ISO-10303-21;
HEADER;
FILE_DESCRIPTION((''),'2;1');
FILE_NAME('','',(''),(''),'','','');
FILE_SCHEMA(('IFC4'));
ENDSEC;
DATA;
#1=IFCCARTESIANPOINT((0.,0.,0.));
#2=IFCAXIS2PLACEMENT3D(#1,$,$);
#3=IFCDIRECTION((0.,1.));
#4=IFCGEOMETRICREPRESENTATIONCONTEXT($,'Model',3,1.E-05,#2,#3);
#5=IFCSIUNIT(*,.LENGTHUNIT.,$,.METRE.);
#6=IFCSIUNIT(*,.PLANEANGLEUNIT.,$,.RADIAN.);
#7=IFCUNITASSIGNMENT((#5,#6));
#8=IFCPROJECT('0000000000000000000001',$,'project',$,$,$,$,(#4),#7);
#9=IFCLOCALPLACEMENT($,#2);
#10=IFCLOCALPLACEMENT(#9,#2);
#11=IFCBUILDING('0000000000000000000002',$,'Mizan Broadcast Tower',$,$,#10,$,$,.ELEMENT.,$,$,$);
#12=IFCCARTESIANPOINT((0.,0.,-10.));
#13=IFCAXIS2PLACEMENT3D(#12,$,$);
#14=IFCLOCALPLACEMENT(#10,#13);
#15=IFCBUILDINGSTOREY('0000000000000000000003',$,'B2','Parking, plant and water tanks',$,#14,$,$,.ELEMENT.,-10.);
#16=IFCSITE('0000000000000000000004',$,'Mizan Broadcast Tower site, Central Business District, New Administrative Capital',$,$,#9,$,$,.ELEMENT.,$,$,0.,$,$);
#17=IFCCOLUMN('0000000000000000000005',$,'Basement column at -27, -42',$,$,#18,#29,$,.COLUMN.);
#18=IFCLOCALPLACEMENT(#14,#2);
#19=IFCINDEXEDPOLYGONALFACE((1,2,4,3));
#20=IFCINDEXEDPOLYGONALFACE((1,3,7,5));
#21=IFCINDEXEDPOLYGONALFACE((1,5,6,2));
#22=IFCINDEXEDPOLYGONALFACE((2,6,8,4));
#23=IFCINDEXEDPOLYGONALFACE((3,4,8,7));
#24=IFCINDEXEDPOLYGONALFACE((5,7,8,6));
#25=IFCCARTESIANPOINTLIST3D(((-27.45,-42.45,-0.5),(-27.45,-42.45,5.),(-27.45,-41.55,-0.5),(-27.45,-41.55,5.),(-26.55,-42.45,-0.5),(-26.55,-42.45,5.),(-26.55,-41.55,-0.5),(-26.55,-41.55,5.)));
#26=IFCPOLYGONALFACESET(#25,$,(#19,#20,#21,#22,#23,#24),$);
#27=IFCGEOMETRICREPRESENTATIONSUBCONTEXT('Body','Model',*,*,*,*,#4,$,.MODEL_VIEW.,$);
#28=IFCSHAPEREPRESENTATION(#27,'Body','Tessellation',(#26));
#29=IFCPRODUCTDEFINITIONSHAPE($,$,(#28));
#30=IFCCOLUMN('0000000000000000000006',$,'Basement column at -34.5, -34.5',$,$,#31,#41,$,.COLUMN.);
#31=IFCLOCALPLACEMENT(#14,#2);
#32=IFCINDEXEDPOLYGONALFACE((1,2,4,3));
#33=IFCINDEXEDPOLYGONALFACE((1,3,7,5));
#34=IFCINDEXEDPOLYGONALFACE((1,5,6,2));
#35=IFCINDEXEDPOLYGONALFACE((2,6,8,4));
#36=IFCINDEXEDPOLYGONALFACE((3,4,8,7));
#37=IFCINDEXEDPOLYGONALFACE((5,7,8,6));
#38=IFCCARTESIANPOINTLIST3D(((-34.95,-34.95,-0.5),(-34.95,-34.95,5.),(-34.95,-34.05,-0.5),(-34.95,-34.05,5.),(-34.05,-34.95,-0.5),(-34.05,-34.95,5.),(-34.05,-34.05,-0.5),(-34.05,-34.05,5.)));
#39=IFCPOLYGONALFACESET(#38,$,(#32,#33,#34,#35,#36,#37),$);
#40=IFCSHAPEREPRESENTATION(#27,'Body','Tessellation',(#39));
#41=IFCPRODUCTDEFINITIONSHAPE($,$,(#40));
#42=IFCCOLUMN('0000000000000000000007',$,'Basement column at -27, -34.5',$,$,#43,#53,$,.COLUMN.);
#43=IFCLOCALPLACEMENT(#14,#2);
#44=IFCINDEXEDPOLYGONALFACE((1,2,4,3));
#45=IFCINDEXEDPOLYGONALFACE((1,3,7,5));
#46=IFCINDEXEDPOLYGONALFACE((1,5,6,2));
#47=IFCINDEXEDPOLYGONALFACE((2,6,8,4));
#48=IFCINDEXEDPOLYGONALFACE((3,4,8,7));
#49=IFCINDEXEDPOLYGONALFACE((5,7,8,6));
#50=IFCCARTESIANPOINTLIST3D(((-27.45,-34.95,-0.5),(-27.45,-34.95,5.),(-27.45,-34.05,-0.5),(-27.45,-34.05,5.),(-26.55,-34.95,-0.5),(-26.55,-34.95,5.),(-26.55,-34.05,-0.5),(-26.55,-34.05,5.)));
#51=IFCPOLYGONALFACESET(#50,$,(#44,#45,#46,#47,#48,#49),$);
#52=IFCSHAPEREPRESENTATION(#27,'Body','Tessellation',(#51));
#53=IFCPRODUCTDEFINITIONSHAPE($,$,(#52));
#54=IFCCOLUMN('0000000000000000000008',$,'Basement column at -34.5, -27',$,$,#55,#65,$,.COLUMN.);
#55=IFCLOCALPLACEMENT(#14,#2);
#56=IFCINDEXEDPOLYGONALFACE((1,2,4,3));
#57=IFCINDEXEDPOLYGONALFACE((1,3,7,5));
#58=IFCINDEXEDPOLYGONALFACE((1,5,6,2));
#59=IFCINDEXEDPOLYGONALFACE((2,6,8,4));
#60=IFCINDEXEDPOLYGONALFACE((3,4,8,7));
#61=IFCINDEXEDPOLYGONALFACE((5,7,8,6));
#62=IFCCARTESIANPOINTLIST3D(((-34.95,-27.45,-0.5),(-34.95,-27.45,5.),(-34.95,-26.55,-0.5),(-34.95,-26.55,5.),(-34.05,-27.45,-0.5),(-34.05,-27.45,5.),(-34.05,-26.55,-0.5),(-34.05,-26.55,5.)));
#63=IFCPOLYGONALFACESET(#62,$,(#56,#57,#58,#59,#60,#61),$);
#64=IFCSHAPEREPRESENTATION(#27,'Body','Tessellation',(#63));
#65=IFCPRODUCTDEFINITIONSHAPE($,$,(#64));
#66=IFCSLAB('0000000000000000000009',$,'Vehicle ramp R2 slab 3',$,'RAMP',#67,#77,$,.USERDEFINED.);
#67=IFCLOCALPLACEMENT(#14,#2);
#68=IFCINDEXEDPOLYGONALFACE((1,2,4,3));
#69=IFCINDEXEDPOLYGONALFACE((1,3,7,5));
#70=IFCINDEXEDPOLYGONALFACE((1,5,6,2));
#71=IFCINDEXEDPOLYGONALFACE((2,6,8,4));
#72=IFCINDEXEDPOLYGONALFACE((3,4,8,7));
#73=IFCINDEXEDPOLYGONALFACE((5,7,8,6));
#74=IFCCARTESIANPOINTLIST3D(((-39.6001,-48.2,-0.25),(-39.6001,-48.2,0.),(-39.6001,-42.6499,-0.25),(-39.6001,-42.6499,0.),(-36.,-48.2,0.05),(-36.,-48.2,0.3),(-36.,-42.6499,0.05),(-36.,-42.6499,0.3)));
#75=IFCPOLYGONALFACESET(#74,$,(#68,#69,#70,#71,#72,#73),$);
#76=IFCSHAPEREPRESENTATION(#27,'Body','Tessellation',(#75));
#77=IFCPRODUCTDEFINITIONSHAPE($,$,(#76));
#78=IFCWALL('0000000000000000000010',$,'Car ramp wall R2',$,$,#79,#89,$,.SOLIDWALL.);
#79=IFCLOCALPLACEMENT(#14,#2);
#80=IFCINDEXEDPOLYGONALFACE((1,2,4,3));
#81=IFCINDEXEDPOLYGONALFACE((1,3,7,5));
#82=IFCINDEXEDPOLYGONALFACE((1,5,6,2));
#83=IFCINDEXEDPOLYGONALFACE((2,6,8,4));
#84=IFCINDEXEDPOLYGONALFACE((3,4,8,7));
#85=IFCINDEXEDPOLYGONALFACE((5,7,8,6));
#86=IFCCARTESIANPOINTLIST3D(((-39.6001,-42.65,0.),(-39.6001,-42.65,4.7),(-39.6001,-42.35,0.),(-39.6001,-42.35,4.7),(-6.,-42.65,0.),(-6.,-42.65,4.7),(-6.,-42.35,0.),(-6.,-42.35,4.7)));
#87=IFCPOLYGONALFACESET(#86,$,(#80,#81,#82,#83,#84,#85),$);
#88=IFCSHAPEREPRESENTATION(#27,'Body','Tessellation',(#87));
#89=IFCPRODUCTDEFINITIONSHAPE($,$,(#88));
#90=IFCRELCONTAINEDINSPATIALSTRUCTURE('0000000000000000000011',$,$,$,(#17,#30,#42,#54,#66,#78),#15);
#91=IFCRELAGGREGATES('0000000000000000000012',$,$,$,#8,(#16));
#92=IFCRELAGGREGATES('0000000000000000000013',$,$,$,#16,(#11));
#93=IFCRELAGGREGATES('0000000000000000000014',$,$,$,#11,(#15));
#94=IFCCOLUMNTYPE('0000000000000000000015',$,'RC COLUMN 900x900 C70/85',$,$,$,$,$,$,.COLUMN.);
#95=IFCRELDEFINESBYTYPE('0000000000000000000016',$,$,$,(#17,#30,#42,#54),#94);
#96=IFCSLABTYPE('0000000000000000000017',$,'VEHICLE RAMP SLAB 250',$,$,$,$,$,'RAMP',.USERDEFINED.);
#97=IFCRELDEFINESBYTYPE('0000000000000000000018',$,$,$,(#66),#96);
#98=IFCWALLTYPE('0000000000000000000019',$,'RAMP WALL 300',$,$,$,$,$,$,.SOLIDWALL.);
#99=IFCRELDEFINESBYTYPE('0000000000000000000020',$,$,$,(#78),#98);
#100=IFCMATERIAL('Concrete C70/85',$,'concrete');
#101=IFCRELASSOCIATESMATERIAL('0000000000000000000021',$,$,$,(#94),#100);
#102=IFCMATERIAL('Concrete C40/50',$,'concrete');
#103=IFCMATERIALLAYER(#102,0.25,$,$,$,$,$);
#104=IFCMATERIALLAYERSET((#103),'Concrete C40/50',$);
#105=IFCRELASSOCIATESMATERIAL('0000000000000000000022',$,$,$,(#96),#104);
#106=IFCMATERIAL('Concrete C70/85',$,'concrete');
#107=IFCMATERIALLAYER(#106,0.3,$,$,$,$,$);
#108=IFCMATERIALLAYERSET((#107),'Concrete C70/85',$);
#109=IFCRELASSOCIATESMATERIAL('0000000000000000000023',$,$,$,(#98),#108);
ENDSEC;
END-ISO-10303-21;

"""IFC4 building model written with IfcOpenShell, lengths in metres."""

from ifc_helpers import new_model, si_unit, direction, frame, frame_2d, origin, origin_2d, place, context, subcontext, project, spatial, polyline, rectangle, outline, extrude, material, layer, layer_set, material_profile, profile_set, type_object, element, save


model = new_model("IFC4")

# Units and contexts
model_context = context("Model", 3, precision=1e-05, world=origin(), true_north=direction((0.0, 1.0)))
body_context = subcontext(model_context, "Body", "Model", "MODEL_VIEW")
ifc_project = project(units=[si_unit("LENGTHUNIT", "METRE"), si_unit("PLANEANGLEUNIT", "RADIAN")], contexts=[model_context])

# Site, building, storey
site_placement = place(None, origin())
site = spatial("IfcSite", under=ifc_project, at=site_placement, Name="Mizan Broadcast Tower site, Central Business District, New Administrative Capital", CompositionType="ELEMENT", RefElevation=0.0)
building_placement = place(site_placement, origin())
building = spatial("IfcBuilding", under=site, at=building_placement, Name="Mizan Broadcast Tower", CompositionType="ELEMENT")
storey_placement = place(building_placement, frame((0.0, 0.0, -10.0)))
storey = spatial("IfcBuildingStorey", under=building, at=storey_placement, Name="B2", Description="Parking, plant and water tanks", CompositionType="ELEMENT", Elevation=-10.0)

# Columns
ifc_material_1 = material(Name="Concrete C70/85", Category="concrete")
ifc_material_profile_1 = material_profile(ifc_material_1, rectangle(XDim=0.8999, YDim=0.8999, at=origin_2d()), Name="RC 900x900")
ifc_profile_set_1 = profile_set([ifc_material_profile_1], Name="Concrete C70/85")
column_type = type_object("IfcColumnType", Name="RC COLUMN 900x900 C70/85", PredefinedType="COLUMN", material=ifc_profile_set_1)
for number, where, z_axis, x_axis, name in (
    (1, (-27.0, -42.0, -0.5), (0.0, 0.0, 1.0), (1.0, 0.0, 0.0), "Basement column at -27, -42"),
    (2, (-34.5, -34.5, -0.5), (0.0, 0.0, 1.0), (1.0, 0.0, 0.0), "Basement column at -34.5, -34.5"),
    (3, (-27.0, -34.5, -0.5), (0.0, 0.0, 1.0), (1.0, 0.0, 0.0), "Basement column at -27, -34.5"),
    (4, (-34.5, -27.0, -0.5), (0.0, 0.0, 1.0), (1.0, 0.0, 0.0), "Basement column at -34.5, -27"),
):
    element("IfcColumn", number, at=place(storey_placement, frame(where, z_axis=z_axis, x_axis=x_axis)), inside=storey, type_object=column_type, Name=name, PredefinedType="COLUMN", context=body_context, shape_type="SweptSolid", body=[
        extrude(rectangle(XDim=0.8999, YDim=0.8999, at=origin_2d()), origin(), (0.0, 0.0, 1.0), 5.5),
    ])

# Slab
ifc_material_2 = material(Name="Concrete C40/50", Category="concrete")
ifc_layer_1 = layer(ifc_material_2, 0.25)
ifc_layer_set_1 = layer_set([ifc_layer_1], Name="Concrete C40/50")
slab_type = type_object("IfcSlabType", Name="VEHICLE RAMP SLAB 250", ElementType="RAMP", PredefinedType="USERDEFINED", material=ifc_layer_set_1)
slab_placement = place(storey_placement, frame((-36.0, -48.2, 0.3), z_axis=(-0.083057, 0.0, 0.996545), x_axis=(-0.996545, 0.0, -0.083057)))
element("IfcSlab", 5, at=slab_placement, inside=storey, type_object=slab_type, Name="Vehicle ramp R2 slab 3", ObjectType="RAMP", PredefinedType="USERDEFINED", context=body_context, shape_type="SweptSolid", body=[
    extrude(outline(polyline([(0.0, 0.0), (3.6126, 0.0), (3.6126, -5.55), (0.0, -5.55), (0.0, 0.0)])), origin(), (0.083057, 0.0, -0.996545), 0.25),
])

# Wall
ifc_material_3 = material(Name="Concrete C70/85", Category="concrete")
ifc_layer_2 = layer(ifc_material_3, 0.3)
ifc_layer_set_2 = layer_set([ifc_layer_2], Name="Concrete C70/85")
wall_type = type_object("IfcWallType", Name="RAMP WALL 300", PredefinedType="SOLIDWALL", material=ifc_layer_set_2)
wall_placement = place(storey_placement, frame((-39.6001, -42.5, 0.0), z_axis=(0.0, 0.0, 1.0), x_axis=(1.0, 0.0, 0.0)))
element("IfcWall", 6, at=wall_placement, inside=storey, type_object=wall_type, Name="Car ramp wall R2", PredefinedType="SOLIDWALL", context=body_context, shape_type="SweptSolid", body=[
    extrude(rectangle(XDim=33.6001, YDim=0.3, at=frame_2d((16.8, 0.0))), origin(), (0.0, 0.0, 1.0), 4.7),
])

save(model, "model.ifc")
